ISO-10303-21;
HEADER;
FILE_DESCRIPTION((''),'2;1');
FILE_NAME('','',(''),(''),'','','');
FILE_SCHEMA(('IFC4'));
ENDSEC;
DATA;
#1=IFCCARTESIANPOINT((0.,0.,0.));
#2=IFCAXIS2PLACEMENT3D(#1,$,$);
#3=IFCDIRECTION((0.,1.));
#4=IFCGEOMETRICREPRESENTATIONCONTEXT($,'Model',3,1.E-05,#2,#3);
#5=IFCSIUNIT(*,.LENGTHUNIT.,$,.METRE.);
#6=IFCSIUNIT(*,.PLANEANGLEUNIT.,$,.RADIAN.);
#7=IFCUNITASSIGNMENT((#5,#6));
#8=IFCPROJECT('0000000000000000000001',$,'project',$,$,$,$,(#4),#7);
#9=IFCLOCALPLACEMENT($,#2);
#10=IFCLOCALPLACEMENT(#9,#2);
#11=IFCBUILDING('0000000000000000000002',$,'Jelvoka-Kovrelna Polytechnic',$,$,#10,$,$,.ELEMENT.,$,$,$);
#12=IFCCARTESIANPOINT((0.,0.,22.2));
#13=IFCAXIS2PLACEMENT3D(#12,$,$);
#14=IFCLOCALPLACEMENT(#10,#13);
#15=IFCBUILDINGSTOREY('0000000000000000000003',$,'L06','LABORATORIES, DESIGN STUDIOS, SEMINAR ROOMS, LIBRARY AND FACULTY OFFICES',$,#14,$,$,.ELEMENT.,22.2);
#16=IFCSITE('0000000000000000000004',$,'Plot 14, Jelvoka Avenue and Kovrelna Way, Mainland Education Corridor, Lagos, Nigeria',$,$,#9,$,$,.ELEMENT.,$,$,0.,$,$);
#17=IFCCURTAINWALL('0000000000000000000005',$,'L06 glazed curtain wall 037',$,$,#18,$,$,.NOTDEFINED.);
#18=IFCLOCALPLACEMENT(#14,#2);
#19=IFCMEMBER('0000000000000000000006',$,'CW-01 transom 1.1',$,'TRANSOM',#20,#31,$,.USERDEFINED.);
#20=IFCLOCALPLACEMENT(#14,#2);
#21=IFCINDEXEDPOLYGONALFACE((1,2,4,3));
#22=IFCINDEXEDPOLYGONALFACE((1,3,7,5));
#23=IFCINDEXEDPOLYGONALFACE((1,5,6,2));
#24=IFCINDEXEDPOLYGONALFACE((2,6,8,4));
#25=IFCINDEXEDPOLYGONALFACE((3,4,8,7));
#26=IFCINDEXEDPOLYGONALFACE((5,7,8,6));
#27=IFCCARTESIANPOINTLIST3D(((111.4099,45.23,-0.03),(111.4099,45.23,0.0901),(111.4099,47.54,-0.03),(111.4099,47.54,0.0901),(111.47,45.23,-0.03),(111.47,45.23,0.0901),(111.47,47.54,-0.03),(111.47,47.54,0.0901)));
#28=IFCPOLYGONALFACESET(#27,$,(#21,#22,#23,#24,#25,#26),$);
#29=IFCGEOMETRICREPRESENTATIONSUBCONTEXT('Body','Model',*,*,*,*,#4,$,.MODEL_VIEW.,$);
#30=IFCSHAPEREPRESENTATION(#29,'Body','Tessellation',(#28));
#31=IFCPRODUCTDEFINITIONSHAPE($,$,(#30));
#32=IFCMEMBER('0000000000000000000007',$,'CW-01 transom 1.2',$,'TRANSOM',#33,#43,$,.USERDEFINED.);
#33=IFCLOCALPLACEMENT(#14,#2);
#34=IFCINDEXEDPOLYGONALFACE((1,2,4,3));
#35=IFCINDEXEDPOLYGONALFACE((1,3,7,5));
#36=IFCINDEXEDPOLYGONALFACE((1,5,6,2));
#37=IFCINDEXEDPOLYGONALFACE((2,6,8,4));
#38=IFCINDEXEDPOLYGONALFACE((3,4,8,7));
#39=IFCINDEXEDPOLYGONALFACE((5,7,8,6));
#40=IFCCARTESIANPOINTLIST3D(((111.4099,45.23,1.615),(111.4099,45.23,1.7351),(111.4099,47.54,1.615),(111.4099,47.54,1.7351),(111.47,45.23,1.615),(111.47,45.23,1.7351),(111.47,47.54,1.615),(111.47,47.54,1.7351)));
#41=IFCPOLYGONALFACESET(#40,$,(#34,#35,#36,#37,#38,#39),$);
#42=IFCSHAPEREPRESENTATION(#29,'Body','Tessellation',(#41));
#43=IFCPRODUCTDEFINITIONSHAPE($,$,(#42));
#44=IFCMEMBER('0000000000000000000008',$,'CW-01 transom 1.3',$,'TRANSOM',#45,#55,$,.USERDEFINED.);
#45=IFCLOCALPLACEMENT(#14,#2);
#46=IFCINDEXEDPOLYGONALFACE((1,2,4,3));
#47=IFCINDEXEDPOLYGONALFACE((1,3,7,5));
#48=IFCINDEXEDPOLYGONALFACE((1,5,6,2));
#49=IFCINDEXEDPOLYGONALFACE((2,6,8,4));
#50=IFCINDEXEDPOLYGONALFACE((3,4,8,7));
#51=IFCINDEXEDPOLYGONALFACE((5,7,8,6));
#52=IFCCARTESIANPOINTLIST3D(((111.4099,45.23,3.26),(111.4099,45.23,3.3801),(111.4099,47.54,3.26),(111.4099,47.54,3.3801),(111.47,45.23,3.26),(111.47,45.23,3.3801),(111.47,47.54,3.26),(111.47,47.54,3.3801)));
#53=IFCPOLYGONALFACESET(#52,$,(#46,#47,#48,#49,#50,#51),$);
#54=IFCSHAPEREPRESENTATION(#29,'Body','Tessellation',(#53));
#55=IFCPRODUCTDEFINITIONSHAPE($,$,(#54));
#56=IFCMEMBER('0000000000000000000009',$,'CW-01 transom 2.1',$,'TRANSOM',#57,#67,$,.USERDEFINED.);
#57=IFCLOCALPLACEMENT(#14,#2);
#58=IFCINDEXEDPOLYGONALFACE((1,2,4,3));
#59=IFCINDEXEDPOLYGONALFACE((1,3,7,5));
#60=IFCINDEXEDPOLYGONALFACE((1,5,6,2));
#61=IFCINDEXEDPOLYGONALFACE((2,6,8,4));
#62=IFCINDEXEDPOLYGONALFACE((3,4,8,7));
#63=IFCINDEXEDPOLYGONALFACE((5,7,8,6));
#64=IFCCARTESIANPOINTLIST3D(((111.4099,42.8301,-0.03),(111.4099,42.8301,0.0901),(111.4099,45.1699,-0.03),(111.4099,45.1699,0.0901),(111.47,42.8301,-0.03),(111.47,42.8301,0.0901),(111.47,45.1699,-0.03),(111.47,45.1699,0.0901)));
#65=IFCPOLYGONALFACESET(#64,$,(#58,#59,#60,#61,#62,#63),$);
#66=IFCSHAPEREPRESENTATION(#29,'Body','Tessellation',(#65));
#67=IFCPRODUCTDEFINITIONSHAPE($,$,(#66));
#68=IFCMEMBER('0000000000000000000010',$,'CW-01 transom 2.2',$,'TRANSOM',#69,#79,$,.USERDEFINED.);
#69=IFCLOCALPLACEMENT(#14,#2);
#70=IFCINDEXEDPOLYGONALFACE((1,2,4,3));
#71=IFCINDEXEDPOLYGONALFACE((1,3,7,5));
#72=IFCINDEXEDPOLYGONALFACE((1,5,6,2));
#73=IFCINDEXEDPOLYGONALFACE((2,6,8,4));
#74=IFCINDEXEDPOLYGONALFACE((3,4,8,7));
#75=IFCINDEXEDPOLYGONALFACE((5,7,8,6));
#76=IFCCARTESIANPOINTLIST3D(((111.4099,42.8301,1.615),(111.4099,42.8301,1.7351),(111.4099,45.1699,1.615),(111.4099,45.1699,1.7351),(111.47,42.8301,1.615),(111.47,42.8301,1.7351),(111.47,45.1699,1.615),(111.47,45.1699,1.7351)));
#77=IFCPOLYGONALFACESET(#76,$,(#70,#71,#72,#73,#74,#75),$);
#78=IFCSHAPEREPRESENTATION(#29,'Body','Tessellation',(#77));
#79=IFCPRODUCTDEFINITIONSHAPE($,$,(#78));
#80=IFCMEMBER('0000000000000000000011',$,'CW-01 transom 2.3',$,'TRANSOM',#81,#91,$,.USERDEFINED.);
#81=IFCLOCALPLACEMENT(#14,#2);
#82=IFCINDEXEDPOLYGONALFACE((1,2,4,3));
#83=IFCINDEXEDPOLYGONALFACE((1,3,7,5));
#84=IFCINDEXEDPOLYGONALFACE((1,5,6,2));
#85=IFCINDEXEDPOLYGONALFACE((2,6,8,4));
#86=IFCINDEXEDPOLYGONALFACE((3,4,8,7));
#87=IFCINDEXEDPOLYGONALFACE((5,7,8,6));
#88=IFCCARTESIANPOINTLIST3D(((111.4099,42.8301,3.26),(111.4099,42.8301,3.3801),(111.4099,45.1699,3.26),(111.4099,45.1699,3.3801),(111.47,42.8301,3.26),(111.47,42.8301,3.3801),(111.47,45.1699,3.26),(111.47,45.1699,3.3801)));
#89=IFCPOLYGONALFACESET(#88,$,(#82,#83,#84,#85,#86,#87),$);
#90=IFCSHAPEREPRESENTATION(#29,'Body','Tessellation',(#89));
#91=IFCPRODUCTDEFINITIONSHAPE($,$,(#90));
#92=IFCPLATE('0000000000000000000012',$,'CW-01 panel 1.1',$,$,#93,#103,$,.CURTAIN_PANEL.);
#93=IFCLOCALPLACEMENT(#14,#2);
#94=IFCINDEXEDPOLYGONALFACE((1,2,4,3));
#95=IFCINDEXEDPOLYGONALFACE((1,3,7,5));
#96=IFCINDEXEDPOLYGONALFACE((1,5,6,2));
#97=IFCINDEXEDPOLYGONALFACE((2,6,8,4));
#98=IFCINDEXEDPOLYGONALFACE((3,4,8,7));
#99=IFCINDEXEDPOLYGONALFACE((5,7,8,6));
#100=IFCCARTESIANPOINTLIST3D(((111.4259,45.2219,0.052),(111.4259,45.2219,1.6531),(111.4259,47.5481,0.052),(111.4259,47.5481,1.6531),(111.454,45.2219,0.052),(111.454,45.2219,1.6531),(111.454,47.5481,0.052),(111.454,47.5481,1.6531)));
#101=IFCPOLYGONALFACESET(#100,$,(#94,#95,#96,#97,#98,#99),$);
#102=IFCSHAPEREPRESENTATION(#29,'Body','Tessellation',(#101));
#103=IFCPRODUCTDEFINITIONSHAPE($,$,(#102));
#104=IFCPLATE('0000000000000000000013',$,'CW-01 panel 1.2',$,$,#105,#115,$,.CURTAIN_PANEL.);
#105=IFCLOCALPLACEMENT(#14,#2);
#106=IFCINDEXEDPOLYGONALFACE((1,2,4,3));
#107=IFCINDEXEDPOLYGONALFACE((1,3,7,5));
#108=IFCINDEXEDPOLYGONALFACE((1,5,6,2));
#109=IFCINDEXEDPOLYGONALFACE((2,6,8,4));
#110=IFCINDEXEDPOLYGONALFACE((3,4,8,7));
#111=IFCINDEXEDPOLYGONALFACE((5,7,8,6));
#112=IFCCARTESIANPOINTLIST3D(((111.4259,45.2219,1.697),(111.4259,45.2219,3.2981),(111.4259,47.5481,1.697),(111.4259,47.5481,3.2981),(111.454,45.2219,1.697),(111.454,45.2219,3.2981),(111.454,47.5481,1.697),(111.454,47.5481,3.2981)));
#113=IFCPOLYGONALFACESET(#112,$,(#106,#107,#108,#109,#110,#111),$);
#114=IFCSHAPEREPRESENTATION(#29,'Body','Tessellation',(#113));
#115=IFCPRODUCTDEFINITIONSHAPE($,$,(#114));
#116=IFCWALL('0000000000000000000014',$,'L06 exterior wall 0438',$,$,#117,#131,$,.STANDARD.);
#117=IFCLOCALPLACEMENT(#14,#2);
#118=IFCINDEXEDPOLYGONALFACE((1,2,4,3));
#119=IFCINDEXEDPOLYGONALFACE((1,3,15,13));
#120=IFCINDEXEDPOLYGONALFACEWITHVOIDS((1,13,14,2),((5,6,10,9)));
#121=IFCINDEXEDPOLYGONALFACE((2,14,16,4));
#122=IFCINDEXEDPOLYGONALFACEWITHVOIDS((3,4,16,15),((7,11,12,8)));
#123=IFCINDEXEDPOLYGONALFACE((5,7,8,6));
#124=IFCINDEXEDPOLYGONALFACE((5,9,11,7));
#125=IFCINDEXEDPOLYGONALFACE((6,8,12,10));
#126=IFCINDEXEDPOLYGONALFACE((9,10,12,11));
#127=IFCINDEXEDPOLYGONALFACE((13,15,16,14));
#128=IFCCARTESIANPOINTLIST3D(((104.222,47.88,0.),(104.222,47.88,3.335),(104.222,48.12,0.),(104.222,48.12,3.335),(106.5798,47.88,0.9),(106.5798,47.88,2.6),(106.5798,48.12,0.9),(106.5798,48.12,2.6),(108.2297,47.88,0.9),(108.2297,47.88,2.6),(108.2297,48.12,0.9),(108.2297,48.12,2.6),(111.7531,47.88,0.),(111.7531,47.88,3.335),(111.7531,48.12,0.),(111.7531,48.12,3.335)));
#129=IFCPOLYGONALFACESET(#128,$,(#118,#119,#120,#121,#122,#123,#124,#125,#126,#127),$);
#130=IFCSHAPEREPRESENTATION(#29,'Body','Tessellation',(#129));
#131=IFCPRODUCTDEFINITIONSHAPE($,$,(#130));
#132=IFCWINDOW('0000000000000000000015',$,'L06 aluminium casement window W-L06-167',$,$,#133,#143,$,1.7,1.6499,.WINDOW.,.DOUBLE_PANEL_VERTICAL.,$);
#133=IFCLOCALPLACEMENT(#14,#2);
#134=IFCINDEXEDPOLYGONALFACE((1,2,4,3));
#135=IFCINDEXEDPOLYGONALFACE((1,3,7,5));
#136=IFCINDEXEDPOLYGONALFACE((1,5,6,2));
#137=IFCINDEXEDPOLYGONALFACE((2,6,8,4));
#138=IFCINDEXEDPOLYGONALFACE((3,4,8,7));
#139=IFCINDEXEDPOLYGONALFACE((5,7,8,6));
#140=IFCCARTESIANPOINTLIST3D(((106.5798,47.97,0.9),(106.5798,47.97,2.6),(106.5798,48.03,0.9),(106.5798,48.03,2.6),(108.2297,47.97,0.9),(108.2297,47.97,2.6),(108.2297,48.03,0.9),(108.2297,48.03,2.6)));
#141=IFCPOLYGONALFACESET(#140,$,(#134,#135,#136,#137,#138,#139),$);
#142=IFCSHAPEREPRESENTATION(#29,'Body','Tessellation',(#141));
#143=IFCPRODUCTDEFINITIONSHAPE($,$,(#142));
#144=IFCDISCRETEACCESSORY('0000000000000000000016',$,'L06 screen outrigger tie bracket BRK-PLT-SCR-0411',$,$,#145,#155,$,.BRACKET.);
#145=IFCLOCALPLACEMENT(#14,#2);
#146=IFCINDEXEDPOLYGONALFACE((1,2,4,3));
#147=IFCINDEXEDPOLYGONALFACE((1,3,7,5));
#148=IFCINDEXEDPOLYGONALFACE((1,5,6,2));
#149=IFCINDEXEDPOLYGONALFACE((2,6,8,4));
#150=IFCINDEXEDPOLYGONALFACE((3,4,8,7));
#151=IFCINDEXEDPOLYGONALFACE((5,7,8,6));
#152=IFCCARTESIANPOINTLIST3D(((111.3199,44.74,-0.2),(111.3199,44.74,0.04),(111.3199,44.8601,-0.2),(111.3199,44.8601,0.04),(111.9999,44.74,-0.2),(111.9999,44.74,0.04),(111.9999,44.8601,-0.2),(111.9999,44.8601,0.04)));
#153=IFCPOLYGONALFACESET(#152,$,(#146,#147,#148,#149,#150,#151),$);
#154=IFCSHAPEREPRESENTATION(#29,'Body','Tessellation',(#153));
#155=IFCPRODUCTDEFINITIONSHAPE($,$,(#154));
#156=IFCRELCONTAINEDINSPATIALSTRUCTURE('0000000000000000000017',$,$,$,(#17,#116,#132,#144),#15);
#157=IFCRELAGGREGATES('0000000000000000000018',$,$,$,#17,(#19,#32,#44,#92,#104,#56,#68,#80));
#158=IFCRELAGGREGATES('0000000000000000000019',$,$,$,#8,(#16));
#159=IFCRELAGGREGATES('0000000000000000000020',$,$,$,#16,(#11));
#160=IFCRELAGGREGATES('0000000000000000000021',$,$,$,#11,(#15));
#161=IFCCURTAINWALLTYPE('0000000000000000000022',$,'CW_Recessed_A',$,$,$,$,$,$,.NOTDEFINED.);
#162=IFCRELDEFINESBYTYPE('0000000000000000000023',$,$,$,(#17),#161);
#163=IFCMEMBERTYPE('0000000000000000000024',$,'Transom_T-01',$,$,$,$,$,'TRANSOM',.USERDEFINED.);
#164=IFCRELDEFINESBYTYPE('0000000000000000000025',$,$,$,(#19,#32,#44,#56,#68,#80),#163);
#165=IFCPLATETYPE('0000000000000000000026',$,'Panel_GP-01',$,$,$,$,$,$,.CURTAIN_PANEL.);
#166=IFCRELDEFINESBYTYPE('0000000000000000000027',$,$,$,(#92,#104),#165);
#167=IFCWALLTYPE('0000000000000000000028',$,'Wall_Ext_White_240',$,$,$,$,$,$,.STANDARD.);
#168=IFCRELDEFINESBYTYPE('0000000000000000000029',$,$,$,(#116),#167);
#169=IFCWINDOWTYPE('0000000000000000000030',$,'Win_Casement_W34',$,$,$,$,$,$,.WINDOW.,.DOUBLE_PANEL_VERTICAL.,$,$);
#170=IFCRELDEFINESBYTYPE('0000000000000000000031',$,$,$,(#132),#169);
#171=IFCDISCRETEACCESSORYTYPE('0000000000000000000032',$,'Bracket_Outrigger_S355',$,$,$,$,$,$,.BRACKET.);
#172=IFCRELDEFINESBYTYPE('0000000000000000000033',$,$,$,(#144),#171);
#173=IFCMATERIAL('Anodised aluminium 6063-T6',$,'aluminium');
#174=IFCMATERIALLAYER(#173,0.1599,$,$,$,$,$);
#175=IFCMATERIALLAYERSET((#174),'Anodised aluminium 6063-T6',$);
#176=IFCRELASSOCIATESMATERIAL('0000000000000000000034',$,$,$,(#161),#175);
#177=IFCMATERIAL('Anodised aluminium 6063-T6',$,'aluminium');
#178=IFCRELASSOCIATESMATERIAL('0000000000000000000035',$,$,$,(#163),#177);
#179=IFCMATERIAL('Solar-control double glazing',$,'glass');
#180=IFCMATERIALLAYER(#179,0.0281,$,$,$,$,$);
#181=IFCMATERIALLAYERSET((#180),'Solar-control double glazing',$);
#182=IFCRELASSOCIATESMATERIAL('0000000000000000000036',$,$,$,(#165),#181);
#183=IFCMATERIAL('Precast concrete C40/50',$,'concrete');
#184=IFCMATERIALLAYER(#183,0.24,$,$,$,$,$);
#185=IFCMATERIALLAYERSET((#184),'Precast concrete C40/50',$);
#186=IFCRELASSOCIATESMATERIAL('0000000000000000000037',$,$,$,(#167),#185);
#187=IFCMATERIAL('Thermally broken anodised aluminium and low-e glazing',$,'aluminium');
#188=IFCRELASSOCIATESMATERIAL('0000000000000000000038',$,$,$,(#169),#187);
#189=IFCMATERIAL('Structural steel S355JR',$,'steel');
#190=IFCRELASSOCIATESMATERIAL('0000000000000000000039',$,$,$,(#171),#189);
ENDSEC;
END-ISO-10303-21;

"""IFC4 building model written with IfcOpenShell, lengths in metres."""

from ifc_helpers import new_model, si_unit, direction, frame, frame_2d, origin, origin_2d, place, context, subcontext, project, spatial, rectangle, extrude, material, layer, layer_set, material_profile, profile_set, type_object, element, fill, aggregate, save


model = new_model("IFC4")

# Units and contexts
model_context = context("Model", 3, precision=1e-05, world=origin(), true_north=direction((0.0, 1.0)))
body_context = subcontext(model_context, "Body", "Model", "MODEL_VIEW")
ifc_project = project(units=[si_unit("LENGTHUNIT", "METRE"), si_unit("PLANEANGLEUNIT", "RADIAN")], contexts=[model_context])

# Site, building, storey
site_placement = place(None, origin())
site = spatial("IfcSite", under=ifc_project, at=site_placement, Name="Plot 14, Jelvoka Avenue and Kovrelna Way, Mainland Education Corridor, Lagos, Nigeria", CompositionType="ELEMENT", RefElevation=0.0)
building_placement = place(site_placement, origin())
building = spatial("IfcBuilding", under=site, at=building_placement, Name="Jelvoka-Kovrelna Polytechnic", CompositionType="ELEMENT")
storey_placement = place(building_placement, frame((0.0, 0.0, 22.2)))
storey = spatial("IfcBuildingStorey", under=building, at=storey_placement, Name="L06", Description="LABORATORIES, DESIGN STUDIOS, SEMINAR ROOMS, LIBRARY AND FACULTY OFFICES", CompositionType="ELEMENT", Elevation=22.2)

# Curtain wall
ifc_material_1 = material(Name="Anodised aluminium 6063-T6", Category="aluminium")
ifc_layer_1 = layer(ifc_material_1, 0.1599)
ifc_layer_set_1 = layer_set([ifc_layer_1], Name="Anodised aluminium 6063-T6")
curtain_wall_type = type_object("IfcCurtainWallType", Name="CW_Recessed_A", PredefinedType="NOTDEFINED", material=ifc_layer_set_1)
curtain_wall_placement = place(storey_placement, origin())
curtain_wall = element("IfcCurtainWall", 1, at=curtain_wall_placement, inside=storey, type_object=curtain_wall_type, Name="L06 glazed curtain wall 037", PredefinedType="NOTDEFINED")

# Members
ifc_material_2 = material(Name="Anodised aluminium 6063-T6", Category="aluminium")
ifc_material_profile_1 = material_profile(ifc_material_2, rectangle(XDim=0.0601, YDim=0.1201, at=origin_2d()), Name="ALU 60x120")
ifc_profile_set_1 = profile_set([ifc_material_profile_1], Name="Anodised aluminium 6063-T6")
member_type_1 = type_object("IfcMemberType", Name="Transom_T-01", ElementType="TRANSOM", PredefinedType="USERDEFINED", material=ifc_profile_set_1)
member_1_placement = place(storey_placement, frame((111.4399, 47.54, 0.03), z_axis=(0.0, -1.0, 0.0), x_axis=(1.0, 0.0, 0.0)))
member_1 = element("IfcMember", 2, at=member_1_placement, type_object=member_type_1, Name="CW-01 transom 1.1", ObjectType="TRANSOM", PredefinedType="USERDEFINED", context=body_context, shape_type="SweptSolid", body=[
    extrude(rectangle(XDim=0.0601, YDim=0.1201, at=origin_2d()), origin(), (0.0, 0.0, 1.0), 2.3101),
])
member_2_placement = place(storey_placement, frame((111.4399, 47.54, 1.675), z_axis=(0.0, -1.0, 0.0), x_axis=(1.0, 0.0, 0.0)))
member_2 = element("IfcMember", 3, at=member_2_placement, type_object=member_type_1, Name="CW-01 transom 1.2", ObjectType="TRANSOM", PredefinedType="USERDEFINED", context=body_context, shape_type="SweptSolid", body=[
    extrude(rectangle(XDim=0.0601, YDim=0.1201, at=origin_2d()), origin(), (0.0, 0.0, 1.0), 2.3101),
])
member_3_placement = place(storey_placement, frame((111.4399, 47.54, 3.3201), z_axis=(0.0, -1.0, 0.0), x_axis=(1.0, 0.0, 0.0)))
member_3 = element("IfcMember", 4, at=member_3_placement, type_object=member_type_1, Name="CW-01 transom 1.3", ObjectType="TRANSOM", PredefinedType="USERDEFINED", context=body_context, shape_type="SweptSolid", body=[
    extrude(rectangle(XDim=0.0601, YDim=0.1201, at=origin_2d()), origin(), (0.0, 0.0, 1.0), 2.3101),
])
member_4_placement = place(storey_placement, frame((111.4399, 45.1699, 0.03), z_axis=(0.0, -1.0, 0.0), x_axis=(1.0, 0.0, 0.0)))
member_4 = element("IfcMember", 5, at=member_4_placement, type_object=member_type_1, Name="CW-01 transom 2.1", ObjectType="TRANSOM", PredefinedType="USERDEFINED", context=body_context, shape_type="SweptSolid", body=[
    extrude(rectangle(XDim=0.0601, YDim=0.1201, at=origin_2d()), origin(), (0.0, 0.0, 1.0), 2.3398),
])
member_5_placement = place(storey_placement, frame((111.4399, 45.1699, 1.675), z_axis=(0.0, -1.0, 0.0), x_axis=(1.0, 0.0, 0.0)))
member_5 = element("IfcMember", 6, at=member_5_placement, type_object=member_type_1, Name="CW-01 transom 2.2", ObjectType="TRANSOM", PredefinedType="USERDEFINED", context=body_context, shape_type="SweptSolid", body=[
    extrude(rectangle(XDim=0.0601, YDim=0.1201, at=origin_2d()), origin(), (0.0, 0.0, 1.0), 2.3398),
])
member_6_placement = place(storey_placement, frame((111.4399, 45.1699, 3.3201), z_axis=(0.0, -1.0, 0.0), x_axis=(1.0, 0.0, 0.0)))
member_6 = element("IfcMember", 7, at=member_6_placement, type_object=member_type_1, Name="CW-01 transom 2.3", ObjectType="TRANSOM", PredefinedType="USERDEFINED", context=body_context, shape_type="SweptSolid", body=[
    extrude(rectangle(XDim=0.0601, YDim=0.1201, at=origin_2d()), origin(), (0.0, 0.0, 1.0), 2.3398),
])

# Plates
ifc_material_3 = material(Name="Solar-control double glazing", Category="glass")
ifc_layer_2 = layer(ifc_material_3, 0.0281)
ifc_layer_set_2 = layer_set([ifc_layer_2], Name="Solar-control double glazing")
plate_type = type_object("IfcPlateType", Name="Panel_GP-01", PredefinedType="CURTAIN_PANEL", material=ifc_layer_set_2)
plate_1_placement = place(storey_placement, frame((111.4399, 46.385, 0.052), z_axis=(0.0, 0.0, 1.0), x_axis=(0.0, -1.0, 0.0)))
plate_1 = element("IfcPlate", 8, at=plate_1_placement, type_object=plate_type, Name="CW-01 panel 1.1", PredefinedType="CURTAIN_PANEL", context=body_context, shape_type="SweptSolid", body=[
    extrude(rectangle(XDim=2.3262, YDim=0.0281, at=origin_2d()), origin(), (0.0, 0.0, 1.0), 1.6011),
])
plate_2_placement = place(storey_placement, frame((111.4399, 46.385, 1.697), z_axis=(0.0, 0.0, 1.0), x_axis=(0.0, -1.0, 0.0)))
plate_2 = element("IfcPlate", 9, at=plate_2_placement, type_object=plate_type, Name="CW-01 panel 1.2", PredefinedType="CURTAIN_PANEL", context=body_context, shape_type="SweptSolid", body=[
    extrude(rectangle(XDim=2.3262, YDim=0.0281, at=origin_2d()), origin(), (0.0, 0.0, 1.0), 1.6011),
])
aggregate(curtain_wall, [member_1, member_2, member_3, plate_1, plate_2, member_4, member_5, member_6])

# Wall, opening, window
ifc_material_4 = material(Name="Precast concrete C40/50", Category="concrete")
ifc_layer_3 = layer(ifc_material_4, 0.24)
ifc_layer_set_3 = layer_set([ifc_layer_3], Name="Precast concrete C40/50")
wall_type = type_object("IfcWallType", Name="Wall_Ext_White_240", PredefinedType="STANDARD", material=ifc_layer_set_3)
wall_placement = place(storey_placement, frame((104.2219, 48.0, 0.0), z_axis=(0.0, 0.0, 1.0), x_axis=(1.0, 0.0, 0.0)))
wall = element("IfcWall", 10, at=wall_placement, inside=storey, type_object=wall_type, Name="L06 exterior wall 0438", PredefinedType="STANDARD", context=body_context, shape_type="SweptSolid", body=[
    extrude(rectangle(XDim=7.531, YDim=0.24, at=frame_2d((3.7656, 0.0))), origin(), (0.0, 0.0, 1.0), 3.335),
])
opening_placement = place(wall_placement, frame((2.3579, 0.0, 0.8999)))
opening = element("IfcOpeningElement", 11, at=opening_placement, cuts=wall, PredefinedType="OPENING", context=body_context, shape_type="SweptSolid", body=[
    extrude(rectangle(XDim=1.6499, YDim=1.7, at=frame_2d((0.825, 0.8501))), frame((0.0, 0.1301, 0.0), z_axis=(0.0, -1.0, 0.0), x_axis=(1.0, 0.0, 0.0)), (0.0, 0.0, 1.0), 0.26),
])
ifc_material_5 = material(Name="Thermally broken anodised aluminium and low-e glazing", Category="aluminium")
window_type = type_object("IfcWindowType", Name="Win_Casement_W34", PartitioningType="DOUBLE_PANEL_VERTICAL", PredefinedType="WINDOW", material=ifc_material_5)
window_placement = place(opening_placement, origin())
window = element("IfcWindow", 12, at=window_placement, inside=storey, type_object=window_type, Name="L06 aluminium casement window W-L06-167", OverallHeight=1.7, OverallWidth=1.6499, PartitioningType="DOUBLE_PANEL_VERTICAL", PredefinedType="WINDOW", context=body_context, shape_type="SweptSolid", body=[
    extrude(rectangle(XDim=1.6499, YDim=1.7, at=frame_2d((0.825, 0.8501))), frame((0.0, 0.03, 0.0), z_axis=(0.0, -1.0, 0.0), x_axis=(1.0, 0.0, 0.0)), (0.0, 0.0, 1.0), 0.0601),
])
fill(opening, window)

# Discrete accessory
ifc_material_6 = material(Name="Structural steel S355JR", Category="steel")
discrete_accessory_type = type_object("IfcDiscreteAccessoryType", Name="Bracket_Outrigger_S355", PredefinedType="BRACKET", material=ifc_material_6)
discrete_accessory_placement = place(storey_placement, frame((111.6599, 44.8, -0.2), z_axis=(0.0, 0.0, 1.0), x_axis=(1.0, 0.0, 0.0)))
element("IfcDiscreteAccessory", 13, at=discrete_accessory_placement, inside=storey, type_object=discrete_accessory_type, Name="L06 screen outrigger tie bracket BRK-PLT-SCR-0411", PredefinedType="BRACKET", context=body_context, shape_type="SweptSolid", body=[
    extrude(rectangle(XDim=0.6799, YDim=0.1201, at=origin_2d()), origin(), (0.0, 0.0, 1.0), 0.24),
])

save(model, "model.ifc")
